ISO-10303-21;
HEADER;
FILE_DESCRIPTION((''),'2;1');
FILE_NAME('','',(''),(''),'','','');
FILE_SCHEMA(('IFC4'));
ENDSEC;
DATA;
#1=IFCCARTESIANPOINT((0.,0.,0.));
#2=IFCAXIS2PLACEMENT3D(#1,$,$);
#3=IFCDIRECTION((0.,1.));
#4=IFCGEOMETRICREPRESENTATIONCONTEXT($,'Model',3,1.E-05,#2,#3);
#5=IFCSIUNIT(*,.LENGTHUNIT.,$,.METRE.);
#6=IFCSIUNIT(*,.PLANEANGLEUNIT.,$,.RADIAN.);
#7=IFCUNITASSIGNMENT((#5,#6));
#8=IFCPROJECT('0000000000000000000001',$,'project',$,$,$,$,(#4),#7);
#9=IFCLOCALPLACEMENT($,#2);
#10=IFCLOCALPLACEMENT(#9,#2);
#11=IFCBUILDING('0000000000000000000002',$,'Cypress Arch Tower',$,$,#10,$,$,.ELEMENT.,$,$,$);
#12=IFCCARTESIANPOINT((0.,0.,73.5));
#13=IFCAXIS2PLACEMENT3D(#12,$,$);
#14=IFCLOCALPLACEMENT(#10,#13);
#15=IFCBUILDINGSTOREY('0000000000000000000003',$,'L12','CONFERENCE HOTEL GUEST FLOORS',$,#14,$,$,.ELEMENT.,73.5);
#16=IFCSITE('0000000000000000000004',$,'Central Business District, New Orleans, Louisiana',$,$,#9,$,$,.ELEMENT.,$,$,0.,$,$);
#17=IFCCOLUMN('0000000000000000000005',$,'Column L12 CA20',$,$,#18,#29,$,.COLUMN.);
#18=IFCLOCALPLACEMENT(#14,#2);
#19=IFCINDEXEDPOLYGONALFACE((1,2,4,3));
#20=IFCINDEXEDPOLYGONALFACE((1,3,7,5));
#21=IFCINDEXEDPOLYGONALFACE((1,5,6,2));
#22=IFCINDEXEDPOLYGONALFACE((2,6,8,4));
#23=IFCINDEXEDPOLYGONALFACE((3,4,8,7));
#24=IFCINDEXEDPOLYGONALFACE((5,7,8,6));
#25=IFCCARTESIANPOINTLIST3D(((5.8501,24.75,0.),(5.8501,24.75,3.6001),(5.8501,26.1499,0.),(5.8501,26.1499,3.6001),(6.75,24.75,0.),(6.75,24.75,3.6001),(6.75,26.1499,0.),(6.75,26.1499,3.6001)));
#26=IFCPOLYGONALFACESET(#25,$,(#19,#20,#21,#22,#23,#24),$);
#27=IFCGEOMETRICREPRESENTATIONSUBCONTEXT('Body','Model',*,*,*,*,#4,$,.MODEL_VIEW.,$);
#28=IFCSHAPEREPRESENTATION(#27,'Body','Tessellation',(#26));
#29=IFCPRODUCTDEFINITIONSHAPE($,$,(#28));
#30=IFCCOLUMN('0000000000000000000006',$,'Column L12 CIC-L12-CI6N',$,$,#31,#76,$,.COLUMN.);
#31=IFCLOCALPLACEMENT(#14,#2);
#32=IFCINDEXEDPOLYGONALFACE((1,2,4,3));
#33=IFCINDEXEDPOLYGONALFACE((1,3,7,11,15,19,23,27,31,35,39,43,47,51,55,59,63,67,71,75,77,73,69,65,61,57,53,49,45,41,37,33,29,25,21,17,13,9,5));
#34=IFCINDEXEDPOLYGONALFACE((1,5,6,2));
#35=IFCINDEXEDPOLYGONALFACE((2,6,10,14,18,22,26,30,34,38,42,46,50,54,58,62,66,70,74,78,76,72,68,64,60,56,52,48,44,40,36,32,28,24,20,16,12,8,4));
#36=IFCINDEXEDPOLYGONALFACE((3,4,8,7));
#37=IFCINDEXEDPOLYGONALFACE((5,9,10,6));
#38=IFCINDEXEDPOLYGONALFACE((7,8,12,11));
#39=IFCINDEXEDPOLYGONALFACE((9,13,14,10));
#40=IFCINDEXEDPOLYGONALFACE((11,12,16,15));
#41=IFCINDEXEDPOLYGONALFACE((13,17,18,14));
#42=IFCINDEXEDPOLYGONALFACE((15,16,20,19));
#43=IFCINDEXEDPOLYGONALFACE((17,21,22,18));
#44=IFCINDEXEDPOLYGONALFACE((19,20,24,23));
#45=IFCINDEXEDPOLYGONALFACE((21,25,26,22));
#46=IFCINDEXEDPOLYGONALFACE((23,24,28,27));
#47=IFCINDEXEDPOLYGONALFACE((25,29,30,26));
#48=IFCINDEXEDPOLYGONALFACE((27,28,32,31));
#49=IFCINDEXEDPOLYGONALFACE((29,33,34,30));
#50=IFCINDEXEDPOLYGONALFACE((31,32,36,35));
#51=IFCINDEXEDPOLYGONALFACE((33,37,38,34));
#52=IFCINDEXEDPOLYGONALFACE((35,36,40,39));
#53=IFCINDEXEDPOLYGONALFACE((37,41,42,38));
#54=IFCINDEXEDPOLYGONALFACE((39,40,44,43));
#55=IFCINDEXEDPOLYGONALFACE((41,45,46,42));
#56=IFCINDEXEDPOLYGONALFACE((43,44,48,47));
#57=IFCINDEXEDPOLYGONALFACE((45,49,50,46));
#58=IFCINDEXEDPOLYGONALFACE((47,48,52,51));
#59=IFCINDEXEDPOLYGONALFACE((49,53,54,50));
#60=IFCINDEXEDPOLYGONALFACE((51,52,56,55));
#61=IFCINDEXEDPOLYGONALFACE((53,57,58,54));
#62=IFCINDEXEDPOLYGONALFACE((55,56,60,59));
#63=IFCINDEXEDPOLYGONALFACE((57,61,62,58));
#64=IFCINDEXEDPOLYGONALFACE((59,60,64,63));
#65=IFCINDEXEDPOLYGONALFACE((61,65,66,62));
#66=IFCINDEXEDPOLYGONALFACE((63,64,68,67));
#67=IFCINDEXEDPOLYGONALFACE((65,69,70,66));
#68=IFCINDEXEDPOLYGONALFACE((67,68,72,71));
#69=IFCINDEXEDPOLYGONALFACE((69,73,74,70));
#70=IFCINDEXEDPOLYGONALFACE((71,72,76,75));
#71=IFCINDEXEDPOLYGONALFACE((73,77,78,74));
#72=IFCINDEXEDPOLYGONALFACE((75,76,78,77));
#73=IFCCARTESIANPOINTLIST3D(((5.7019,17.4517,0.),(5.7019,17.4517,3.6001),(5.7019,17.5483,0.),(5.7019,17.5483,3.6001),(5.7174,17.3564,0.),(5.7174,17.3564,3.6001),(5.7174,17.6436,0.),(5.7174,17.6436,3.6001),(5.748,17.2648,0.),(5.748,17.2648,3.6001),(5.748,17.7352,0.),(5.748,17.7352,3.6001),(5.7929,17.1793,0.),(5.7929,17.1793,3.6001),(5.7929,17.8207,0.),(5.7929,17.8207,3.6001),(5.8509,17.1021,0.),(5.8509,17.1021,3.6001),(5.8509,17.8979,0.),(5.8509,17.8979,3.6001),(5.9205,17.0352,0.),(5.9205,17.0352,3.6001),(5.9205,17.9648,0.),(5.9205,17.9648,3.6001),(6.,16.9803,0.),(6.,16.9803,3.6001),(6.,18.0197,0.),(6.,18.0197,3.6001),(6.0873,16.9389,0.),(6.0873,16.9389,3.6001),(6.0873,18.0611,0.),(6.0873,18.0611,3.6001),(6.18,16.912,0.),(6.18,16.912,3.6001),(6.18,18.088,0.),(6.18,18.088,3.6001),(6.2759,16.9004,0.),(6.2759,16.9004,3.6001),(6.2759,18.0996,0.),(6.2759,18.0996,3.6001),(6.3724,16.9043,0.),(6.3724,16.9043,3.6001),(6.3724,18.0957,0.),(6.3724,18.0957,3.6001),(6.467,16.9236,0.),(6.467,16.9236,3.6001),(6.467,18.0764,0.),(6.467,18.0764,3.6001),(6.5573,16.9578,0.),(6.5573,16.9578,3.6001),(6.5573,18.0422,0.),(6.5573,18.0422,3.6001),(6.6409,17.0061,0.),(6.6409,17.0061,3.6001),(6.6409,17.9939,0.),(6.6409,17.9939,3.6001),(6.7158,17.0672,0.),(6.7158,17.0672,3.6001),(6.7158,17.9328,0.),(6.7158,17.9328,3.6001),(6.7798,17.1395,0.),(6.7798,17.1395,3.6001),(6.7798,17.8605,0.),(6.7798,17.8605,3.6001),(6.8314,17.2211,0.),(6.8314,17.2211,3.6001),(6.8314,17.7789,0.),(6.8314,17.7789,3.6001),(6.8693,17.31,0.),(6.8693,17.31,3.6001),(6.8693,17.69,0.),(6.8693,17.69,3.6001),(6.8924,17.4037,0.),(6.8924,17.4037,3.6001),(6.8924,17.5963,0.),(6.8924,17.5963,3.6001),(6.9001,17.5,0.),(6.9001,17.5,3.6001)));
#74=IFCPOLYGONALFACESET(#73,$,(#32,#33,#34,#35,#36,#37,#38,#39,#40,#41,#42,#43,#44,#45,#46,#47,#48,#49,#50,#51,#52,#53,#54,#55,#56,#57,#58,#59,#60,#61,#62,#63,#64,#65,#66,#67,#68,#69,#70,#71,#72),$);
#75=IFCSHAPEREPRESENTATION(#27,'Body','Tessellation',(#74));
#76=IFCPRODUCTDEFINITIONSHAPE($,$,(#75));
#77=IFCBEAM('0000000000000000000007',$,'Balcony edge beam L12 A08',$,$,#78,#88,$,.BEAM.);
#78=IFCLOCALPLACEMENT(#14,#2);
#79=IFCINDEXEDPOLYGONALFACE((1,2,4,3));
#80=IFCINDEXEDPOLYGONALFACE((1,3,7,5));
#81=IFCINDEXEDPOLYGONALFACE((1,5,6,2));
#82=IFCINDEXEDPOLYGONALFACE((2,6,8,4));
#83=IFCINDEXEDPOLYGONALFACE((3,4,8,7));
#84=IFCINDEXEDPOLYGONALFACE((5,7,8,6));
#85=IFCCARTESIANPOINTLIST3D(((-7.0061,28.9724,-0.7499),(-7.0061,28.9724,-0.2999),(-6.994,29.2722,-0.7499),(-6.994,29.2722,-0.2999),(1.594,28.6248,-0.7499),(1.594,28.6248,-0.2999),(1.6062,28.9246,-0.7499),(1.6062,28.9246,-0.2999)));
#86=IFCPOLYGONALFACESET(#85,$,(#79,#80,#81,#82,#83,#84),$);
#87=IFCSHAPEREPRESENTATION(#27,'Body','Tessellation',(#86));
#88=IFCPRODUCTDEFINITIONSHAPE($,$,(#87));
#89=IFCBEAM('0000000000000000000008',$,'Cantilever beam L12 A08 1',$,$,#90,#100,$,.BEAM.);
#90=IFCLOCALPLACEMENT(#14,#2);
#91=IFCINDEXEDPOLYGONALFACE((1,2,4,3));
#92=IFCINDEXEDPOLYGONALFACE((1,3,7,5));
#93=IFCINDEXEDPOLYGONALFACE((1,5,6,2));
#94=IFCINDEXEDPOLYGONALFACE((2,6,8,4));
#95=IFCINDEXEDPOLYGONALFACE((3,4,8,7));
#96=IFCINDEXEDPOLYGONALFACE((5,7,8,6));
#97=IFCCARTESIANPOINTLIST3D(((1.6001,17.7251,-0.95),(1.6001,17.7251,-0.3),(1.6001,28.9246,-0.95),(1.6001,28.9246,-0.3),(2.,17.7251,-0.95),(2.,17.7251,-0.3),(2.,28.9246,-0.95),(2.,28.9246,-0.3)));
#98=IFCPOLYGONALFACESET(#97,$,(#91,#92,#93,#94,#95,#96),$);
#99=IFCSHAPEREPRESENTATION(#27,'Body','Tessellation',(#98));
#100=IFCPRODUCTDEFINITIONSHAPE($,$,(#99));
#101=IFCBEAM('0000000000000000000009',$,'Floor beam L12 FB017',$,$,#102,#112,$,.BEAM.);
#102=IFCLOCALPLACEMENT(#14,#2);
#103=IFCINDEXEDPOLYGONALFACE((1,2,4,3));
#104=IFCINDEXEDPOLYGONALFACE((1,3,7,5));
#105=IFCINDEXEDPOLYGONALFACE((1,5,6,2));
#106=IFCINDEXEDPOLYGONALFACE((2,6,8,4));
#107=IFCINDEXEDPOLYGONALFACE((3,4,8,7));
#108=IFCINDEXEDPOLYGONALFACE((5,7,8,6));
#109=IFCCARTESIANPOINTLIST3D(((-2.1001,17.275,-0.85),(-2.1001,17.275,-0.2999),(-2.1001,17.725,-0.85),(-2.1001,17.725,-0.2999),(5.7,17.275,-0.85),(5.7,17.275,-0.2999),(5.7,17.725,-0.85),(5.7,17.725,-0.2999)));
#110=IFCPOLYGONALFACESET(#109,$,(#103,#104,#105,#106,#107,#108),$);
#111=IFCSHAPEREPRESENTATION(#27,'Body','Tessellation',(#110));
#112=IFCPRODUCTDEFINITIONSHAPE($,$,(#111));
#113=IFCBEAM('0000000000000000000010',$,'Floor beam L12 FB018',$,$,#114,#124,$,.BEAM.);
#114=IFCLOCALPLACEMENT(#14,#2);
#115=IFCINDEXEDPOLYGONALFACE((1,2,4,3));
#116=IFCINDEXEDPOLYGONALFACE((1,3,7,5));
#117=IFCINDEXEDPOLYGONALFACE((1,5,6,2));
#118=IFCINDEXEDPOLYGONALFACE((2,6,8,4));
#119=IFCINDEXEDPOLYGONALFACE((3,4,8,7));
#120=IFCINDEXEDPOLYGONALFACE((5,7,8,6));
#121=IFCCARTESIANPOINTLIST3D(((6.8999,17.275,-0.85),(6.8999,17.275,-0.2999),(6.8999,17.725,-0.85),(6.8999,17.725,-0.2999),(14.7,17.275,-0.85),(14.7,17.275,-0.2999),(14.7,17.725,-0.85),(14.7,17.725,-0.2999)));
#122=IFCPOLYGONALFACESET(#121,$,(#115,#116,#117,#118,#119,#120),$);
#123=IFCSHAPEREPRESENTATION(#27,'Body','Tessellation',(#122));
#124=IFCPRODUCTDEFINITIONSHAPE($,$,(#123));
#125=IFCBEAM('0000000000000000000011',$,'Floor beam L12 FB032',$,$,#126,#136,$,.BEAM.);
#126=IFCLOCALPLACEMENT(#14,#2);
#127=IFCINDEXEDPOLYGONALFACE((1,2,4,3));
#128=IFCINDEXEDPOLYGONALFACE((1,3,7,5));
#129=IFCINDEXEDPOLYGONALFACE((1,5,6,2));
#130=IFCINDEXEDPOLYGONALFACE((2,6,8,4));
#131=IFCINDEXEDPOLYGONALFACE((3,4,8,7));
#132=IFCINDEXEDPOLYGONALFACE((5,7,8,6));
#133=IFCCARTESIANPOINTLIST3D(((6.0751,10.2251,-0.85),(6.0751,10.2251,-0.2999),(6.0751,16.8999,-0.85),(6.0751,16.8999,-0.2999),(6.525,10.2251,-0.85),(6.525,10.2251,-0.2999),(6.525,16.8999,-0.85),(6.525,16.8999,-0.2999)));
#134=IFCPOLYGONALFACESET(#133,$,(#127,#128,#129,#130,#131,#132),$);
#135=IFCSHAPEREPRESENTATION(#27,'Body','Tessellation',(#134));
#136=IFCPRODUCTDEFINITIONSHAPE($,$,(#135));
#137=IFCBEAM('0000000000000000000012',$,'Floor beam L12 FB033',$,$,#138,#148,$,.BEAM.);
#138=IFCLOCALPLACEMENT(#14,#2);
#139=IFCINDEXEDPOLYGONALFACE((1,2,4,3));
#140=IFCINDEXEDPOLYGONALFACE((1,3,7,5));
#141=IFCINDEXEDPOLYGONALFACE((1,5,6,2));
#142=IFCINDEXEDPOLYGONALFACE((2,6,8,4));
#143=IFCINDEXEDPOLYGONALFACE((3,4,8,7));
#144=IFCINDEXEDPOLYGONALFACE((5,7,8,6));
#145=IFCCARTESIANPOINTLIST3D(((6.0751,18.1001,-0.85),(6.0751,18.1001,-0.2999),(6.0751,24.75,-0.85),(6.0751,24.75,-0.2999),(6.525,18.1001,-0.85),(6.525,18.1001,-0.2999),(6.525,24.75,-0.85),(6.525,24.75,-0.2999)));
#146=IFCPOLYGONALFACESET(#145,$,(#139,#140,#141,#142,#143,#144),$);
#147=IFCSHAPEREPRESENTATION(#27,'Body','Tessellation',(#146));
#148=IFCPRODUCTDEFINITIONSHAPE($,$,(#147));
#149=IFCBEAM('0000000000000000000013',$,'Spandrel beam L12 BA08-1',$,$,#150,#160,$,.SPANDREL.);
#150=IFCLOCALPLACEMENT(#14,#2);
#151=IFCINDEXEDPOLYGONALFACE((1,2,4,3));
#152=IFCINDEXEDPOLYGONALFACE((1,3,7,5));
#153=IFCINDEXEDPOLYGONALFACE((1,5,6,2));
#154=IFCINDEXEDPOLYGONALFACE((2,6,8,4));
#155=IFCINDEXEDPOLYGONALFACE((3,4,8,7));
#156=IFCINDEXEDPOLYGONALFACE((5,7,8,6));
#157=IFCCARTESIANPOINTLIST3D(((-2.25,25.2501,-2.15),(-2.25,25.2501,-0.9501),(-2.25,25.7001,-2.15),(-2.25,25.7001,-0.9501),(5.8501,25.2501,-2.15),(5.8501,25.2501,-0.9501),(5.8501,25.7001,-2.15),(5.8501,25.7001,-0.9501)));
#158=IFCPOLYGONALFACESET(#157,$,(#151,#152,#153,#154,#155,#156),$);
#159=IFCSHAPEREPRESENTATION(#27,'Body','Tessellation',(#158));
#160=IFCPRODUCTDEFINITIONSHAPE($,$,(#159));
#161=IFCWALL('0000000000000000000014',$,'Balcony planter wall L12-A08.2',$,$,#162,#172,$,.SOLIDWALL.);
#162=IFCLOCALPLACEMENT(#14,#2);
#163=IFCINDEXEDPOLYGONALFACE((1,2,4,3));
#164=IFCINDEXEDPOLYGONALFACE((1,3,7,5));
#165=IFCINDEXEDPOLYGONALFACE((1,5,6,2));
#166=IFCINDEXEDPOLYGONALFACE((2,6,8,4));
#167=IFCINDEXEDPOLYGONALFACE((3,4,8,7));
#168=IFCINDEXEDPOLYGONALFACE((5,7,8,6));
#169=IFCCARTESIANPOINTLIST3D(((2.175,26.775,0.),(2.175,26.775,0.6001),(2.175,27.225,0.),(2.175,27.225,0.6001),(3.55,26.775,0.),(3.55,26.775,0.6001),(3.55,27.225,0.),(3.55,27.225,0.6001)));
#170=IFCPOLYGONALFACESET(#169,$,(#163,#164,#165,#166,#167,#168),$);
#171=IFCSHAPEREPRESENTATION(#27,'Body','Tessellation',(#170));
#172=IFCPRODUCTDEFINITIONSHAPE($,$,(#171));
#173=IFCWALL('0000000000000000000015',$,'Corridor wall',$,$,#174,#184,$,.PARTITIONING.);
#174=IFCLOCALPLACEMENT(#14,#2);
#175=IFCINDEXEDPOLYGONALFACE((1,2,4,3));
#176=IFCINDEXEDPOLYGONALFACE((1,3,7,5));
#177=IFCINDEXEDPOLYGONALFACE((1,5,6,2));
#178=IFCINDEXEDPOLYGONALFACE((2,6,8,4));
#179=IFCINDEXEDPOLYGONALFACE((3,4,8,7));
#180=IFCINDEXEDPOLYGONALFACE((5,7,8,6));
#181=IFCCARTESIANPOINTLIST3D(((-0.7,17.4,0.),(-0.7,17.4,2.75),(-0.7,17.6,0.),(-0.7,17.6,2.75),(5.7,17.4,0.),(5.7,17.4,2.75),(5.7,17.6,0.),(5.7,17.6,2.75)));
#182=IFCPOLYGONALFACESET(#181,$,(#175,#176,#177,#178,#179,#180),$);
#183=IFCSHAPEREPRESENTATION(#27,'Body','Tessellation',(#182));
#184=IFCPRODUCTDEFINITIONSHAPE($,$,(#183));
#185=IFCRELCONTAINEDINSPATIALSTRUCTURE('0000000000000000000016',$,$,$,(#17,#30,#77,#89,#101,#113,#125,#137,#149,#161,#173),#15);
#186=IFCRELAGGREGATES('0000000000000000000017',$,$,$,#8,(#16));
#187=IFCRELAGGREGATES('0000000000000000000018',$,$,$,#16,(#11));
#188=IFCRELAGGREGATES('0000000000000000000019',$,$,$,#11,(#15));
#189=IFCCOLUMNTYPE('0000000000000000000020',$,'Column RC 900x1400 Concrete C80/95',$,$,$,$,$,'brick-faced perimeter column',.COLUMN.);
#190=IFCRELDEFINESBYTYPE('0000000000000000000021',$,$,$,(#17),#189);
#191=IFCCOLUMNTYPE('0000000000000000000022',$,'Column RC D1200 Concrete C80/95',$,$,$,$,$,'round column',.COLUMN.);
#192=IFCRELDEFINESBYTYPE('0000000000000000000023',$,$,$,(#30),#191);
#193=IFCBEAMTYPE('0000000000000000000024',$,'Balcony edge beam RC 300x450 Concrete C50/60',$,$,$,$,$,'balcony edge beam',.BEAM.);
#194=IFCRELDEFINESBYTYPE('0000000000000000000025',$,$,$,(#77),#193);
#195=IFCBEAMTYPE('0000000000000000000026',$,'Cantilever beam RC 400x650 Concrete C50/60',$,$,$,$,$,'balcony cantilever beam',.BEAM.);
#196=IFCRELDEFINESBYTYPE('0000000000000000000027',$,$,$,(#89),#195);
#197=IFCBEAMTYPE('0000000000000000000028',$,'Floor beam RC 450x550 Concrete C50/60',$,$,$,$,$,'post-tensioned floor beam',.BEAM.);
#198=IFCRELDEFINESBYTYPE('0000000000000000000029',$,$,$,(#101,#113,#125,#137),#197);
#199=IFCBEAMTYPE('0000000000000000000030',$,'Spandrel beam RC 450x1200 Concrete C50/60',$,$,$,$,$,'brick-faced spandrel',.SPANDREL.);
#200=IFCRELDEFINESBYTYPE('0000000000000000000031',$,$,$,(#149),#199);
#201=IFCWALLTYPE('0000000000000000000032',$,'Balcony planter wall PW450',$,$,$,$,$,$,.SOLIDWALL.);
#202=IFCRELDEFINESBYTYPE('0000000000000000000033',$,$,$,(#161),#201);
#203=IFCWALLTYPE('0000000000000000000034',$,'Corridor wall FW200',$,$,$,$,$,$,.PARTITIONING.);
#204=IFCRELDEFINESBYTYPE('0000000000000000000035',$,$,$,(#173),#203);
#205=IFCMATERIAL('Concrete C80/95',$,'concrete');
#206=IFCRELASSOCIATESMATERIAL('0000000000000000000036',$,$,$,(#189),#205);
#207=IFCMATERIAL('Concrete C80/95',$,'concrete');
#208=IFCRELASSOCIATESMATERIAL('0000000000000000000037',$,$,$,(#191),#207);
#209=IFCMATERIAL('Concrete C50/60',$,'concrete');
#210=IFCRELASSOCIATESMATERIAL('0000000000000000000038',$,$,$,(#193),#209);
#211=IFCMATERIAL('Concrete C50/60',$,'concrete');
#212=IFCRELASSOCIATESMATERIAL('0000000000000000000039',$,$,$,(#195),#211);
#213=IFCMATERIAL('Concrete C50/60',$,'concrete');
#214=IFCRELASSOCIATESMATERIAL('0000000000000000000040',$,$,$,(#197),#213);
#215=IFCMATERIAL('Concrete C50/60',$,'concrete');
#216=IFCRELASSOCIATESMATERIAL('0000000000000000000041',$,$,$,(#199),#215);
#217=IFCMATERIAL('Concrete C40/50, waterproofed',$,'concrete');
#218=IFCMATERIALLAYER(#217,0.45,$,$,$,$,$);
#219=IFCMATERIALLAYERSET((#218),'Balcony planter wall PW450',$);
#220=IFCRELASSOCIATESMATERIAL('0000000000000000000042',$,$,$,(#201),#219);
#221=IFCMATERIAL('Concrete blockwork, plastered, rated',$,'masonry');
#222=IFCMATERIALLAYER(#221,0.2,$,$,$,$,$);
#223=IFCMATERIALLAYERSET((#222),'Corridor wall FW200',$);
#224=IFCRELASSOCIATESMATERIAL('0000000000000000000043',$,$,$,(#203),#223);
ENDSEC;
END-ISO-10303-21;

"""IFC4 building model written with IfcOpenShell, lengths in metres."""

from ifc_helpers import new_model, si_unit, direction, frame, frame_2d, origin, origin_2d, place, context, subcontext, project, spatial, rectangle, circle, extrude, material, layer, layer_set, material_profile, profile_set, type_object, element, save


model = new_model("IFC4")

# Units and contexts
model_context = context("Model", 3, precision=1e-05, world=origin(), true_north=direction((0.0, 1.0)))
body_context = subcontext(model_context, "Body", "Model", "MODEL_VIEW")
ifc_project = project(units=[si_unit("LENGTHUNIT", "METRE"), si_unit("PLANEANGLEUNIT", "RADIAN")], contexts=[model_context])

# Site, building, storey
site_placement = place(None, origin())
site = spatial("IfcSite", under=ifc_project, at=site_placement, Name="Central Business District, New Orleans, Louisiana", CompositionType="ELEMENT", RefElevation=0.0)
building_placement = place(site_placement, origin())
building = spatial("IfcBuilding", under=site, at=building_placement, Name="Cypress Arch Tower", CompositionType="ELEMENT")
storey_placement = place(building_placement, frame((0.0, 0.0, 73.5)))
storey = spatial("IfcBuildingStorey", under=building, at=storey_placement, Name="L12", Description="CONFERENCE HOTEL GUEST FLOORS", CompositionType="ELEMENT", Elevation=73.5)

# Columns
ifc_material_1 = material(Name="Concrete C80/95", Category="concrete")
ifc_material_profile_1 = material_profile(ifc_material_1, rectangle(XDim=0.8999, YDim=1.3999, at=origin_2d()), Name="RC 900x1400")
ifc_profile_set_1 = profile_set([ifc_material_profile_1], Name="Concrete C80/95")
column_type_1 = type_object("IfcColumnType", Name="Column RC 900x1400 Concrete C80/95", ElementType="brick-faced perimeter column", PredefinedType="COLUMN", material=ifc_profile_set_1)
column_1_placement = place(storey_placement, frame((6.3, 25.45, 0.0), z_axis=(0.0, 0.0, 1.0), x_axis=(-1.0, 0.0, 0.0)))
element("IfcColumn", 1, at=column_1_placement, inside=storey, type_object=column_type_1, Name="Column L12 CA20", PredefinedType="COLUMN", context=body_context, shape_type="SweptSolid", body=[
    extrude(rectangle(XDim=0.8999, YDim=1.3999, at=origin_2d()), origin(), (0.0, 0.0, 1.0), 3.6001),
])
ifc_material_2 = material(Name="Concrete C80/95", Category="concrete")
ifc_material_profile_2 = material_profile(ifc_material_2, circle(Radius=0.6001, at=origin_2d()), Name="RC D1200")
ifc_profile_set_2 = profile_set([ifc_material_profile_2], Name="Concrete C80/95")
column_type_2 = type_object("IfcColumnType", Name="Column RC D1200 Concrete C80/95", ElementType="round column", PredefinedType="COLUMN", material=ifc_profile_set_2)
column_2_placement = place(storey_placement, frame((6.3, 17.5, 0.0), z_axis=(0.0, 0.0, 1.0), x_axis=(1.0, 0.0, 0.0)))
element("IfcColumn", 2, at=column_2_placement, inside=storey, type_object=column_type_2, Name="Column L12 CIC-L12-CI6N", PredefinedType="COLUMN", context=body_context, shape_type="SweptSolid", body=[
    extrude(circle(Radius=0.6001, at=origin_2d()), origin(), (0.0, 0.0, 1.0), 3.6001),
])

# Beams
ifc_material_3 = material(Name="Concrete C50/60", Category="concrete")
ifc_material_profile_3 = material_profile(ifc_material_3, rectangle(XDim=0.3, YDim=0.45, at=origin_2d()), Name="RC 300x450")
ifc_profile_set_3 = profile_set([ifc_material_profile_3], Name="Concrete C50/60")
beam_type_1 = type_object("IfcBeamType", Name="Balcony edge beam RC 300x450 Concrete C50/60", ElementType="balcony edge beam", PredefinedType="BEAM", material=ifc_profile_set_3)
beam_1_placement = place(storey_placement, frame((1.6001, 28.7747, -0.5249), z_axis=(-0.999184, 0.040392, 0.0), x_axis=(-0.040392, -0.999184, 0.0)))
element("IfcBeam", 3, at=beam_1_placement, inside=storey, type_object=beam_type_1, Name="Balcony edge beam L12 A08", PredefinedType="BEAM", context=body_context, shape_type="SweptSolid", body=[
    extrude(rectangle(XDim=0.3, YDim=0.45, at=origin_2d()), origin(), (0.0, 0.0, 1.0), 8.6072),
])
ifc_material_4 = material(Name="Concrete C50/60", Category="concrete")
ifc_material_profile_4 = material_profile(ifc_material_4, rectangle(XDim=0.3999, YDim=0.6499, at=origin_2d()), Name="RC 400x650")
ifc_profile_set_4 = profile_set([ifc_material_profile_4], Name="Concrete C50/60")
beam_type_2 = type_object("IfcBeamType", Name="Cantilever beam RC 400x650 Concrete C50/60", ElementType="balcony cantilever beam", PredefinedType="BEAM", material=ifc_profile_set_4)
beam_2_placement = place(storey_placement, frame((1.8, 17.7251, -0.625), z_axis=(0.0, 1.0, 0.0), x_axis=(-1.0, 0.0, 0.0)))
element("IfcBeam", 4, at=beam_2_placement, inside=storey, type_object=beam_type_2, Name="Cantilever beam L12 A08 1", PredefinedType="BEAM", context=body_context, shape_type="SweptSolid", body=[
    extrude(rectangle(XDim=0.3999, YDim=0.6499, at=origin_2d()), origin(), (0.0, 0.0, 1.0), 11.1995),
])
ifc_material_5 = material(Name="Concrete C50/60", Category="concrete")
ifc_material_profile_5 = material_profile(ifc_material_5, rectangle(XDim=0.45, YDim=0.55, at=origin_2d()), Name="RC 450x550")
ifc_profile_set_5 = profile_set([ifc_material_profile_5], Name="Concrete C50/60")
beam_type_3 = type_object("IfcBeamType", Name="Floor beam RC 450x550 Concrete C50/60", ElementType="post-tensioned floor beam", PredefinedType="BEAM", material=ifc_profile_set_5)
for number, where, z_axis, x_axis, name in (
    (5, (-2.1001, 17.5, -0.575), (1.0, 0.0, 0.0), (0.0, 1.0, 0.0), "Floor beam L12 FB017"),
    (6, (6.8999, 17.5, -0.575), (1.0, 0.0, 0.0), (0.0, 1.0, 0.0), "Floor beam L12 FB018"),
):
    element("IfcBeam", number, at=place(storey_placement, frame(where, z_axis=z_axis, x_axis=x_axis)), inside=storey, type_object=beam_type_3, Name=name, PredefinedType="BEAM", context=body_context, shape_type="SweptSolid", body=[
        extrude(rectangle(XDim=0.45, YDim=0.55, at=origin_2d()), origin(), (0.0, 0.0, 1.0), 7.8),
    ])
beam_3_placement = place(storey_placement, frame((6.3, 10.2251, -0.575), z_axis=(0.0, 1.0, 0.0), x_axis=(-1.0, 0.0, 0.0)))
element("IfcBeam", 7, at=beam_3_placement, inside=storey, type_object=beam_type_3, Name="Floor beam L12 FB032", PredefinedType="BEAM", context=body_context, shape_type="SweptSolid", body=[
    extrude(rectangle(XDim=0.45, YDim=0.55, at=origin_2d()), origin(), (0.0, 0.0, 1.0), 6.6748),
])
beam_4_placement = place(storey_placement, frame((6.3, 18.1001, -0.575), z_axis=(0.0, 1.0, 0.0), x_axis=(-1.0, 0.0, 0.0)))
element("IfcBeam", 8, at=beam_4_placement, inside=storey, type_object=beam_type_3, Name="Floor beam L12 FB033", PredefinedType="BEAM", context=body_context, shape_type="SweptSolid", body=[
    extrude(rectangle(XDim=0.45, YDim=0.55, at=origin_2d()), origin(), (0.0, 0.0, 1.0), 6.6499),
])
ifc_material_6 = material(Name="Concrete C50/60", Category="concrete")
ifc_material_profile_6 = material_profile(ifc_material_6, rectangle(XDim=0.45, YDim=1.2, at=origin_2d()), Name="RC 450x1200")
ifc_profile_set_6 = profile_set([ifc_material_profile_6], Name="Concrete C50/60")
beam_type_4 = type_object("IfcBeamType", Name="Spandrel beam RC 450x1200 Concrete C50/60", ElementType="brick-faced spandrel", PredefinedType="SPANDREL", material=ifc_profile_set_6)
beam_5_placement = place(storey_placement, frame((5.8501, 25.4751, -1.55), z_axis=(-1.0, 0.0, 0.0), x_axis=(0.0, -1.0, 0.0)))
element("IfcBeam", 9, at=beam_5_placement, inside=storey, type_object=beam_type_4, Name="Spandrel beam L12 BA08-1", PredefinedType="SPANDREL", context=body_context, shape_type="SweptSolid", body=[
    extrude(rectangle(XDim=0.45, YDim=1.2, at=origin_2d()), origin(), (0.0, 0.0, 1.0), 8.1001),
])

# Wall
ifc_material_7 = material(Name="Concrete C40/50, waterproofed", Category="concrete")
ifc_layer_1 = layer(ifc_material_7, 0.45)
ifc_layer_set_1 = layer_set([ifc_layer_1], Name="Balcony planter wall PW450")
wall_type_1 = type_object("IfcWallType", Name="Balcony planter wall PW450", PredefinedType="SOLIDWALL", material=ifc_layer_set_1)
wall_1_placement = place(storey_placement, frame((3.55, 27.0, 0.0), z_axis=(0.0, 0.0, 1.0), x_axis=(-1.0, 0.0, 0.0)))
element("IfcWall", 10, at=wall_1_placement, inside=storey, type_object=wall_type_1, Name="Balcony planter wall L12-A08.2", PredefinedType="SOLIDWALL", context=body_context, shape_type="SweptSolid", body=[
    extrude(rectangle(XDim=1.375, YDim=0.45, at=frame_2d((0.6875, 0.0))), origin(), (0.0, 0.0, 1.0), 0.6001),
])

# Shared definitions
ifc_material_8 = material(Name="Concrete blockwork, plastered, rated", Category="masonry")
ifc_layer_2 = layer(ifc_material_8, 0.2)
ifc_layer_set_2 = layer_set([ifc_layer_2], Name="Corridor wall FW200")
wall_type_2 = type_object("IfcWallType", Name="Corridor wall FW200", PredefinedType="PARTITIONING", material=ifc_layer_set_2)

# Wall
wall_2_placement = place(storey_placement, frame((-0.7, 17.5, 0.0), z_axis=(0.0, 0.0, 1.0), x_axis=(1.0, 0.0, 0.0)))
element("IfcWall", 11, at=wall_2_placement, inside=storey, type_object=wall_type_2, Name="Corridor wall", PredefinedType="PARTITIONING", context=body_context, shape_type="SweptSolid", body=[
    extrude(rectangle(XDim=6.3999, YDim=0.2, at=frame_2d((3.2, 0.0))), origin(), (0.0, 0.0, 1.0), 2.75),
])

save(model, "model.ifc")
